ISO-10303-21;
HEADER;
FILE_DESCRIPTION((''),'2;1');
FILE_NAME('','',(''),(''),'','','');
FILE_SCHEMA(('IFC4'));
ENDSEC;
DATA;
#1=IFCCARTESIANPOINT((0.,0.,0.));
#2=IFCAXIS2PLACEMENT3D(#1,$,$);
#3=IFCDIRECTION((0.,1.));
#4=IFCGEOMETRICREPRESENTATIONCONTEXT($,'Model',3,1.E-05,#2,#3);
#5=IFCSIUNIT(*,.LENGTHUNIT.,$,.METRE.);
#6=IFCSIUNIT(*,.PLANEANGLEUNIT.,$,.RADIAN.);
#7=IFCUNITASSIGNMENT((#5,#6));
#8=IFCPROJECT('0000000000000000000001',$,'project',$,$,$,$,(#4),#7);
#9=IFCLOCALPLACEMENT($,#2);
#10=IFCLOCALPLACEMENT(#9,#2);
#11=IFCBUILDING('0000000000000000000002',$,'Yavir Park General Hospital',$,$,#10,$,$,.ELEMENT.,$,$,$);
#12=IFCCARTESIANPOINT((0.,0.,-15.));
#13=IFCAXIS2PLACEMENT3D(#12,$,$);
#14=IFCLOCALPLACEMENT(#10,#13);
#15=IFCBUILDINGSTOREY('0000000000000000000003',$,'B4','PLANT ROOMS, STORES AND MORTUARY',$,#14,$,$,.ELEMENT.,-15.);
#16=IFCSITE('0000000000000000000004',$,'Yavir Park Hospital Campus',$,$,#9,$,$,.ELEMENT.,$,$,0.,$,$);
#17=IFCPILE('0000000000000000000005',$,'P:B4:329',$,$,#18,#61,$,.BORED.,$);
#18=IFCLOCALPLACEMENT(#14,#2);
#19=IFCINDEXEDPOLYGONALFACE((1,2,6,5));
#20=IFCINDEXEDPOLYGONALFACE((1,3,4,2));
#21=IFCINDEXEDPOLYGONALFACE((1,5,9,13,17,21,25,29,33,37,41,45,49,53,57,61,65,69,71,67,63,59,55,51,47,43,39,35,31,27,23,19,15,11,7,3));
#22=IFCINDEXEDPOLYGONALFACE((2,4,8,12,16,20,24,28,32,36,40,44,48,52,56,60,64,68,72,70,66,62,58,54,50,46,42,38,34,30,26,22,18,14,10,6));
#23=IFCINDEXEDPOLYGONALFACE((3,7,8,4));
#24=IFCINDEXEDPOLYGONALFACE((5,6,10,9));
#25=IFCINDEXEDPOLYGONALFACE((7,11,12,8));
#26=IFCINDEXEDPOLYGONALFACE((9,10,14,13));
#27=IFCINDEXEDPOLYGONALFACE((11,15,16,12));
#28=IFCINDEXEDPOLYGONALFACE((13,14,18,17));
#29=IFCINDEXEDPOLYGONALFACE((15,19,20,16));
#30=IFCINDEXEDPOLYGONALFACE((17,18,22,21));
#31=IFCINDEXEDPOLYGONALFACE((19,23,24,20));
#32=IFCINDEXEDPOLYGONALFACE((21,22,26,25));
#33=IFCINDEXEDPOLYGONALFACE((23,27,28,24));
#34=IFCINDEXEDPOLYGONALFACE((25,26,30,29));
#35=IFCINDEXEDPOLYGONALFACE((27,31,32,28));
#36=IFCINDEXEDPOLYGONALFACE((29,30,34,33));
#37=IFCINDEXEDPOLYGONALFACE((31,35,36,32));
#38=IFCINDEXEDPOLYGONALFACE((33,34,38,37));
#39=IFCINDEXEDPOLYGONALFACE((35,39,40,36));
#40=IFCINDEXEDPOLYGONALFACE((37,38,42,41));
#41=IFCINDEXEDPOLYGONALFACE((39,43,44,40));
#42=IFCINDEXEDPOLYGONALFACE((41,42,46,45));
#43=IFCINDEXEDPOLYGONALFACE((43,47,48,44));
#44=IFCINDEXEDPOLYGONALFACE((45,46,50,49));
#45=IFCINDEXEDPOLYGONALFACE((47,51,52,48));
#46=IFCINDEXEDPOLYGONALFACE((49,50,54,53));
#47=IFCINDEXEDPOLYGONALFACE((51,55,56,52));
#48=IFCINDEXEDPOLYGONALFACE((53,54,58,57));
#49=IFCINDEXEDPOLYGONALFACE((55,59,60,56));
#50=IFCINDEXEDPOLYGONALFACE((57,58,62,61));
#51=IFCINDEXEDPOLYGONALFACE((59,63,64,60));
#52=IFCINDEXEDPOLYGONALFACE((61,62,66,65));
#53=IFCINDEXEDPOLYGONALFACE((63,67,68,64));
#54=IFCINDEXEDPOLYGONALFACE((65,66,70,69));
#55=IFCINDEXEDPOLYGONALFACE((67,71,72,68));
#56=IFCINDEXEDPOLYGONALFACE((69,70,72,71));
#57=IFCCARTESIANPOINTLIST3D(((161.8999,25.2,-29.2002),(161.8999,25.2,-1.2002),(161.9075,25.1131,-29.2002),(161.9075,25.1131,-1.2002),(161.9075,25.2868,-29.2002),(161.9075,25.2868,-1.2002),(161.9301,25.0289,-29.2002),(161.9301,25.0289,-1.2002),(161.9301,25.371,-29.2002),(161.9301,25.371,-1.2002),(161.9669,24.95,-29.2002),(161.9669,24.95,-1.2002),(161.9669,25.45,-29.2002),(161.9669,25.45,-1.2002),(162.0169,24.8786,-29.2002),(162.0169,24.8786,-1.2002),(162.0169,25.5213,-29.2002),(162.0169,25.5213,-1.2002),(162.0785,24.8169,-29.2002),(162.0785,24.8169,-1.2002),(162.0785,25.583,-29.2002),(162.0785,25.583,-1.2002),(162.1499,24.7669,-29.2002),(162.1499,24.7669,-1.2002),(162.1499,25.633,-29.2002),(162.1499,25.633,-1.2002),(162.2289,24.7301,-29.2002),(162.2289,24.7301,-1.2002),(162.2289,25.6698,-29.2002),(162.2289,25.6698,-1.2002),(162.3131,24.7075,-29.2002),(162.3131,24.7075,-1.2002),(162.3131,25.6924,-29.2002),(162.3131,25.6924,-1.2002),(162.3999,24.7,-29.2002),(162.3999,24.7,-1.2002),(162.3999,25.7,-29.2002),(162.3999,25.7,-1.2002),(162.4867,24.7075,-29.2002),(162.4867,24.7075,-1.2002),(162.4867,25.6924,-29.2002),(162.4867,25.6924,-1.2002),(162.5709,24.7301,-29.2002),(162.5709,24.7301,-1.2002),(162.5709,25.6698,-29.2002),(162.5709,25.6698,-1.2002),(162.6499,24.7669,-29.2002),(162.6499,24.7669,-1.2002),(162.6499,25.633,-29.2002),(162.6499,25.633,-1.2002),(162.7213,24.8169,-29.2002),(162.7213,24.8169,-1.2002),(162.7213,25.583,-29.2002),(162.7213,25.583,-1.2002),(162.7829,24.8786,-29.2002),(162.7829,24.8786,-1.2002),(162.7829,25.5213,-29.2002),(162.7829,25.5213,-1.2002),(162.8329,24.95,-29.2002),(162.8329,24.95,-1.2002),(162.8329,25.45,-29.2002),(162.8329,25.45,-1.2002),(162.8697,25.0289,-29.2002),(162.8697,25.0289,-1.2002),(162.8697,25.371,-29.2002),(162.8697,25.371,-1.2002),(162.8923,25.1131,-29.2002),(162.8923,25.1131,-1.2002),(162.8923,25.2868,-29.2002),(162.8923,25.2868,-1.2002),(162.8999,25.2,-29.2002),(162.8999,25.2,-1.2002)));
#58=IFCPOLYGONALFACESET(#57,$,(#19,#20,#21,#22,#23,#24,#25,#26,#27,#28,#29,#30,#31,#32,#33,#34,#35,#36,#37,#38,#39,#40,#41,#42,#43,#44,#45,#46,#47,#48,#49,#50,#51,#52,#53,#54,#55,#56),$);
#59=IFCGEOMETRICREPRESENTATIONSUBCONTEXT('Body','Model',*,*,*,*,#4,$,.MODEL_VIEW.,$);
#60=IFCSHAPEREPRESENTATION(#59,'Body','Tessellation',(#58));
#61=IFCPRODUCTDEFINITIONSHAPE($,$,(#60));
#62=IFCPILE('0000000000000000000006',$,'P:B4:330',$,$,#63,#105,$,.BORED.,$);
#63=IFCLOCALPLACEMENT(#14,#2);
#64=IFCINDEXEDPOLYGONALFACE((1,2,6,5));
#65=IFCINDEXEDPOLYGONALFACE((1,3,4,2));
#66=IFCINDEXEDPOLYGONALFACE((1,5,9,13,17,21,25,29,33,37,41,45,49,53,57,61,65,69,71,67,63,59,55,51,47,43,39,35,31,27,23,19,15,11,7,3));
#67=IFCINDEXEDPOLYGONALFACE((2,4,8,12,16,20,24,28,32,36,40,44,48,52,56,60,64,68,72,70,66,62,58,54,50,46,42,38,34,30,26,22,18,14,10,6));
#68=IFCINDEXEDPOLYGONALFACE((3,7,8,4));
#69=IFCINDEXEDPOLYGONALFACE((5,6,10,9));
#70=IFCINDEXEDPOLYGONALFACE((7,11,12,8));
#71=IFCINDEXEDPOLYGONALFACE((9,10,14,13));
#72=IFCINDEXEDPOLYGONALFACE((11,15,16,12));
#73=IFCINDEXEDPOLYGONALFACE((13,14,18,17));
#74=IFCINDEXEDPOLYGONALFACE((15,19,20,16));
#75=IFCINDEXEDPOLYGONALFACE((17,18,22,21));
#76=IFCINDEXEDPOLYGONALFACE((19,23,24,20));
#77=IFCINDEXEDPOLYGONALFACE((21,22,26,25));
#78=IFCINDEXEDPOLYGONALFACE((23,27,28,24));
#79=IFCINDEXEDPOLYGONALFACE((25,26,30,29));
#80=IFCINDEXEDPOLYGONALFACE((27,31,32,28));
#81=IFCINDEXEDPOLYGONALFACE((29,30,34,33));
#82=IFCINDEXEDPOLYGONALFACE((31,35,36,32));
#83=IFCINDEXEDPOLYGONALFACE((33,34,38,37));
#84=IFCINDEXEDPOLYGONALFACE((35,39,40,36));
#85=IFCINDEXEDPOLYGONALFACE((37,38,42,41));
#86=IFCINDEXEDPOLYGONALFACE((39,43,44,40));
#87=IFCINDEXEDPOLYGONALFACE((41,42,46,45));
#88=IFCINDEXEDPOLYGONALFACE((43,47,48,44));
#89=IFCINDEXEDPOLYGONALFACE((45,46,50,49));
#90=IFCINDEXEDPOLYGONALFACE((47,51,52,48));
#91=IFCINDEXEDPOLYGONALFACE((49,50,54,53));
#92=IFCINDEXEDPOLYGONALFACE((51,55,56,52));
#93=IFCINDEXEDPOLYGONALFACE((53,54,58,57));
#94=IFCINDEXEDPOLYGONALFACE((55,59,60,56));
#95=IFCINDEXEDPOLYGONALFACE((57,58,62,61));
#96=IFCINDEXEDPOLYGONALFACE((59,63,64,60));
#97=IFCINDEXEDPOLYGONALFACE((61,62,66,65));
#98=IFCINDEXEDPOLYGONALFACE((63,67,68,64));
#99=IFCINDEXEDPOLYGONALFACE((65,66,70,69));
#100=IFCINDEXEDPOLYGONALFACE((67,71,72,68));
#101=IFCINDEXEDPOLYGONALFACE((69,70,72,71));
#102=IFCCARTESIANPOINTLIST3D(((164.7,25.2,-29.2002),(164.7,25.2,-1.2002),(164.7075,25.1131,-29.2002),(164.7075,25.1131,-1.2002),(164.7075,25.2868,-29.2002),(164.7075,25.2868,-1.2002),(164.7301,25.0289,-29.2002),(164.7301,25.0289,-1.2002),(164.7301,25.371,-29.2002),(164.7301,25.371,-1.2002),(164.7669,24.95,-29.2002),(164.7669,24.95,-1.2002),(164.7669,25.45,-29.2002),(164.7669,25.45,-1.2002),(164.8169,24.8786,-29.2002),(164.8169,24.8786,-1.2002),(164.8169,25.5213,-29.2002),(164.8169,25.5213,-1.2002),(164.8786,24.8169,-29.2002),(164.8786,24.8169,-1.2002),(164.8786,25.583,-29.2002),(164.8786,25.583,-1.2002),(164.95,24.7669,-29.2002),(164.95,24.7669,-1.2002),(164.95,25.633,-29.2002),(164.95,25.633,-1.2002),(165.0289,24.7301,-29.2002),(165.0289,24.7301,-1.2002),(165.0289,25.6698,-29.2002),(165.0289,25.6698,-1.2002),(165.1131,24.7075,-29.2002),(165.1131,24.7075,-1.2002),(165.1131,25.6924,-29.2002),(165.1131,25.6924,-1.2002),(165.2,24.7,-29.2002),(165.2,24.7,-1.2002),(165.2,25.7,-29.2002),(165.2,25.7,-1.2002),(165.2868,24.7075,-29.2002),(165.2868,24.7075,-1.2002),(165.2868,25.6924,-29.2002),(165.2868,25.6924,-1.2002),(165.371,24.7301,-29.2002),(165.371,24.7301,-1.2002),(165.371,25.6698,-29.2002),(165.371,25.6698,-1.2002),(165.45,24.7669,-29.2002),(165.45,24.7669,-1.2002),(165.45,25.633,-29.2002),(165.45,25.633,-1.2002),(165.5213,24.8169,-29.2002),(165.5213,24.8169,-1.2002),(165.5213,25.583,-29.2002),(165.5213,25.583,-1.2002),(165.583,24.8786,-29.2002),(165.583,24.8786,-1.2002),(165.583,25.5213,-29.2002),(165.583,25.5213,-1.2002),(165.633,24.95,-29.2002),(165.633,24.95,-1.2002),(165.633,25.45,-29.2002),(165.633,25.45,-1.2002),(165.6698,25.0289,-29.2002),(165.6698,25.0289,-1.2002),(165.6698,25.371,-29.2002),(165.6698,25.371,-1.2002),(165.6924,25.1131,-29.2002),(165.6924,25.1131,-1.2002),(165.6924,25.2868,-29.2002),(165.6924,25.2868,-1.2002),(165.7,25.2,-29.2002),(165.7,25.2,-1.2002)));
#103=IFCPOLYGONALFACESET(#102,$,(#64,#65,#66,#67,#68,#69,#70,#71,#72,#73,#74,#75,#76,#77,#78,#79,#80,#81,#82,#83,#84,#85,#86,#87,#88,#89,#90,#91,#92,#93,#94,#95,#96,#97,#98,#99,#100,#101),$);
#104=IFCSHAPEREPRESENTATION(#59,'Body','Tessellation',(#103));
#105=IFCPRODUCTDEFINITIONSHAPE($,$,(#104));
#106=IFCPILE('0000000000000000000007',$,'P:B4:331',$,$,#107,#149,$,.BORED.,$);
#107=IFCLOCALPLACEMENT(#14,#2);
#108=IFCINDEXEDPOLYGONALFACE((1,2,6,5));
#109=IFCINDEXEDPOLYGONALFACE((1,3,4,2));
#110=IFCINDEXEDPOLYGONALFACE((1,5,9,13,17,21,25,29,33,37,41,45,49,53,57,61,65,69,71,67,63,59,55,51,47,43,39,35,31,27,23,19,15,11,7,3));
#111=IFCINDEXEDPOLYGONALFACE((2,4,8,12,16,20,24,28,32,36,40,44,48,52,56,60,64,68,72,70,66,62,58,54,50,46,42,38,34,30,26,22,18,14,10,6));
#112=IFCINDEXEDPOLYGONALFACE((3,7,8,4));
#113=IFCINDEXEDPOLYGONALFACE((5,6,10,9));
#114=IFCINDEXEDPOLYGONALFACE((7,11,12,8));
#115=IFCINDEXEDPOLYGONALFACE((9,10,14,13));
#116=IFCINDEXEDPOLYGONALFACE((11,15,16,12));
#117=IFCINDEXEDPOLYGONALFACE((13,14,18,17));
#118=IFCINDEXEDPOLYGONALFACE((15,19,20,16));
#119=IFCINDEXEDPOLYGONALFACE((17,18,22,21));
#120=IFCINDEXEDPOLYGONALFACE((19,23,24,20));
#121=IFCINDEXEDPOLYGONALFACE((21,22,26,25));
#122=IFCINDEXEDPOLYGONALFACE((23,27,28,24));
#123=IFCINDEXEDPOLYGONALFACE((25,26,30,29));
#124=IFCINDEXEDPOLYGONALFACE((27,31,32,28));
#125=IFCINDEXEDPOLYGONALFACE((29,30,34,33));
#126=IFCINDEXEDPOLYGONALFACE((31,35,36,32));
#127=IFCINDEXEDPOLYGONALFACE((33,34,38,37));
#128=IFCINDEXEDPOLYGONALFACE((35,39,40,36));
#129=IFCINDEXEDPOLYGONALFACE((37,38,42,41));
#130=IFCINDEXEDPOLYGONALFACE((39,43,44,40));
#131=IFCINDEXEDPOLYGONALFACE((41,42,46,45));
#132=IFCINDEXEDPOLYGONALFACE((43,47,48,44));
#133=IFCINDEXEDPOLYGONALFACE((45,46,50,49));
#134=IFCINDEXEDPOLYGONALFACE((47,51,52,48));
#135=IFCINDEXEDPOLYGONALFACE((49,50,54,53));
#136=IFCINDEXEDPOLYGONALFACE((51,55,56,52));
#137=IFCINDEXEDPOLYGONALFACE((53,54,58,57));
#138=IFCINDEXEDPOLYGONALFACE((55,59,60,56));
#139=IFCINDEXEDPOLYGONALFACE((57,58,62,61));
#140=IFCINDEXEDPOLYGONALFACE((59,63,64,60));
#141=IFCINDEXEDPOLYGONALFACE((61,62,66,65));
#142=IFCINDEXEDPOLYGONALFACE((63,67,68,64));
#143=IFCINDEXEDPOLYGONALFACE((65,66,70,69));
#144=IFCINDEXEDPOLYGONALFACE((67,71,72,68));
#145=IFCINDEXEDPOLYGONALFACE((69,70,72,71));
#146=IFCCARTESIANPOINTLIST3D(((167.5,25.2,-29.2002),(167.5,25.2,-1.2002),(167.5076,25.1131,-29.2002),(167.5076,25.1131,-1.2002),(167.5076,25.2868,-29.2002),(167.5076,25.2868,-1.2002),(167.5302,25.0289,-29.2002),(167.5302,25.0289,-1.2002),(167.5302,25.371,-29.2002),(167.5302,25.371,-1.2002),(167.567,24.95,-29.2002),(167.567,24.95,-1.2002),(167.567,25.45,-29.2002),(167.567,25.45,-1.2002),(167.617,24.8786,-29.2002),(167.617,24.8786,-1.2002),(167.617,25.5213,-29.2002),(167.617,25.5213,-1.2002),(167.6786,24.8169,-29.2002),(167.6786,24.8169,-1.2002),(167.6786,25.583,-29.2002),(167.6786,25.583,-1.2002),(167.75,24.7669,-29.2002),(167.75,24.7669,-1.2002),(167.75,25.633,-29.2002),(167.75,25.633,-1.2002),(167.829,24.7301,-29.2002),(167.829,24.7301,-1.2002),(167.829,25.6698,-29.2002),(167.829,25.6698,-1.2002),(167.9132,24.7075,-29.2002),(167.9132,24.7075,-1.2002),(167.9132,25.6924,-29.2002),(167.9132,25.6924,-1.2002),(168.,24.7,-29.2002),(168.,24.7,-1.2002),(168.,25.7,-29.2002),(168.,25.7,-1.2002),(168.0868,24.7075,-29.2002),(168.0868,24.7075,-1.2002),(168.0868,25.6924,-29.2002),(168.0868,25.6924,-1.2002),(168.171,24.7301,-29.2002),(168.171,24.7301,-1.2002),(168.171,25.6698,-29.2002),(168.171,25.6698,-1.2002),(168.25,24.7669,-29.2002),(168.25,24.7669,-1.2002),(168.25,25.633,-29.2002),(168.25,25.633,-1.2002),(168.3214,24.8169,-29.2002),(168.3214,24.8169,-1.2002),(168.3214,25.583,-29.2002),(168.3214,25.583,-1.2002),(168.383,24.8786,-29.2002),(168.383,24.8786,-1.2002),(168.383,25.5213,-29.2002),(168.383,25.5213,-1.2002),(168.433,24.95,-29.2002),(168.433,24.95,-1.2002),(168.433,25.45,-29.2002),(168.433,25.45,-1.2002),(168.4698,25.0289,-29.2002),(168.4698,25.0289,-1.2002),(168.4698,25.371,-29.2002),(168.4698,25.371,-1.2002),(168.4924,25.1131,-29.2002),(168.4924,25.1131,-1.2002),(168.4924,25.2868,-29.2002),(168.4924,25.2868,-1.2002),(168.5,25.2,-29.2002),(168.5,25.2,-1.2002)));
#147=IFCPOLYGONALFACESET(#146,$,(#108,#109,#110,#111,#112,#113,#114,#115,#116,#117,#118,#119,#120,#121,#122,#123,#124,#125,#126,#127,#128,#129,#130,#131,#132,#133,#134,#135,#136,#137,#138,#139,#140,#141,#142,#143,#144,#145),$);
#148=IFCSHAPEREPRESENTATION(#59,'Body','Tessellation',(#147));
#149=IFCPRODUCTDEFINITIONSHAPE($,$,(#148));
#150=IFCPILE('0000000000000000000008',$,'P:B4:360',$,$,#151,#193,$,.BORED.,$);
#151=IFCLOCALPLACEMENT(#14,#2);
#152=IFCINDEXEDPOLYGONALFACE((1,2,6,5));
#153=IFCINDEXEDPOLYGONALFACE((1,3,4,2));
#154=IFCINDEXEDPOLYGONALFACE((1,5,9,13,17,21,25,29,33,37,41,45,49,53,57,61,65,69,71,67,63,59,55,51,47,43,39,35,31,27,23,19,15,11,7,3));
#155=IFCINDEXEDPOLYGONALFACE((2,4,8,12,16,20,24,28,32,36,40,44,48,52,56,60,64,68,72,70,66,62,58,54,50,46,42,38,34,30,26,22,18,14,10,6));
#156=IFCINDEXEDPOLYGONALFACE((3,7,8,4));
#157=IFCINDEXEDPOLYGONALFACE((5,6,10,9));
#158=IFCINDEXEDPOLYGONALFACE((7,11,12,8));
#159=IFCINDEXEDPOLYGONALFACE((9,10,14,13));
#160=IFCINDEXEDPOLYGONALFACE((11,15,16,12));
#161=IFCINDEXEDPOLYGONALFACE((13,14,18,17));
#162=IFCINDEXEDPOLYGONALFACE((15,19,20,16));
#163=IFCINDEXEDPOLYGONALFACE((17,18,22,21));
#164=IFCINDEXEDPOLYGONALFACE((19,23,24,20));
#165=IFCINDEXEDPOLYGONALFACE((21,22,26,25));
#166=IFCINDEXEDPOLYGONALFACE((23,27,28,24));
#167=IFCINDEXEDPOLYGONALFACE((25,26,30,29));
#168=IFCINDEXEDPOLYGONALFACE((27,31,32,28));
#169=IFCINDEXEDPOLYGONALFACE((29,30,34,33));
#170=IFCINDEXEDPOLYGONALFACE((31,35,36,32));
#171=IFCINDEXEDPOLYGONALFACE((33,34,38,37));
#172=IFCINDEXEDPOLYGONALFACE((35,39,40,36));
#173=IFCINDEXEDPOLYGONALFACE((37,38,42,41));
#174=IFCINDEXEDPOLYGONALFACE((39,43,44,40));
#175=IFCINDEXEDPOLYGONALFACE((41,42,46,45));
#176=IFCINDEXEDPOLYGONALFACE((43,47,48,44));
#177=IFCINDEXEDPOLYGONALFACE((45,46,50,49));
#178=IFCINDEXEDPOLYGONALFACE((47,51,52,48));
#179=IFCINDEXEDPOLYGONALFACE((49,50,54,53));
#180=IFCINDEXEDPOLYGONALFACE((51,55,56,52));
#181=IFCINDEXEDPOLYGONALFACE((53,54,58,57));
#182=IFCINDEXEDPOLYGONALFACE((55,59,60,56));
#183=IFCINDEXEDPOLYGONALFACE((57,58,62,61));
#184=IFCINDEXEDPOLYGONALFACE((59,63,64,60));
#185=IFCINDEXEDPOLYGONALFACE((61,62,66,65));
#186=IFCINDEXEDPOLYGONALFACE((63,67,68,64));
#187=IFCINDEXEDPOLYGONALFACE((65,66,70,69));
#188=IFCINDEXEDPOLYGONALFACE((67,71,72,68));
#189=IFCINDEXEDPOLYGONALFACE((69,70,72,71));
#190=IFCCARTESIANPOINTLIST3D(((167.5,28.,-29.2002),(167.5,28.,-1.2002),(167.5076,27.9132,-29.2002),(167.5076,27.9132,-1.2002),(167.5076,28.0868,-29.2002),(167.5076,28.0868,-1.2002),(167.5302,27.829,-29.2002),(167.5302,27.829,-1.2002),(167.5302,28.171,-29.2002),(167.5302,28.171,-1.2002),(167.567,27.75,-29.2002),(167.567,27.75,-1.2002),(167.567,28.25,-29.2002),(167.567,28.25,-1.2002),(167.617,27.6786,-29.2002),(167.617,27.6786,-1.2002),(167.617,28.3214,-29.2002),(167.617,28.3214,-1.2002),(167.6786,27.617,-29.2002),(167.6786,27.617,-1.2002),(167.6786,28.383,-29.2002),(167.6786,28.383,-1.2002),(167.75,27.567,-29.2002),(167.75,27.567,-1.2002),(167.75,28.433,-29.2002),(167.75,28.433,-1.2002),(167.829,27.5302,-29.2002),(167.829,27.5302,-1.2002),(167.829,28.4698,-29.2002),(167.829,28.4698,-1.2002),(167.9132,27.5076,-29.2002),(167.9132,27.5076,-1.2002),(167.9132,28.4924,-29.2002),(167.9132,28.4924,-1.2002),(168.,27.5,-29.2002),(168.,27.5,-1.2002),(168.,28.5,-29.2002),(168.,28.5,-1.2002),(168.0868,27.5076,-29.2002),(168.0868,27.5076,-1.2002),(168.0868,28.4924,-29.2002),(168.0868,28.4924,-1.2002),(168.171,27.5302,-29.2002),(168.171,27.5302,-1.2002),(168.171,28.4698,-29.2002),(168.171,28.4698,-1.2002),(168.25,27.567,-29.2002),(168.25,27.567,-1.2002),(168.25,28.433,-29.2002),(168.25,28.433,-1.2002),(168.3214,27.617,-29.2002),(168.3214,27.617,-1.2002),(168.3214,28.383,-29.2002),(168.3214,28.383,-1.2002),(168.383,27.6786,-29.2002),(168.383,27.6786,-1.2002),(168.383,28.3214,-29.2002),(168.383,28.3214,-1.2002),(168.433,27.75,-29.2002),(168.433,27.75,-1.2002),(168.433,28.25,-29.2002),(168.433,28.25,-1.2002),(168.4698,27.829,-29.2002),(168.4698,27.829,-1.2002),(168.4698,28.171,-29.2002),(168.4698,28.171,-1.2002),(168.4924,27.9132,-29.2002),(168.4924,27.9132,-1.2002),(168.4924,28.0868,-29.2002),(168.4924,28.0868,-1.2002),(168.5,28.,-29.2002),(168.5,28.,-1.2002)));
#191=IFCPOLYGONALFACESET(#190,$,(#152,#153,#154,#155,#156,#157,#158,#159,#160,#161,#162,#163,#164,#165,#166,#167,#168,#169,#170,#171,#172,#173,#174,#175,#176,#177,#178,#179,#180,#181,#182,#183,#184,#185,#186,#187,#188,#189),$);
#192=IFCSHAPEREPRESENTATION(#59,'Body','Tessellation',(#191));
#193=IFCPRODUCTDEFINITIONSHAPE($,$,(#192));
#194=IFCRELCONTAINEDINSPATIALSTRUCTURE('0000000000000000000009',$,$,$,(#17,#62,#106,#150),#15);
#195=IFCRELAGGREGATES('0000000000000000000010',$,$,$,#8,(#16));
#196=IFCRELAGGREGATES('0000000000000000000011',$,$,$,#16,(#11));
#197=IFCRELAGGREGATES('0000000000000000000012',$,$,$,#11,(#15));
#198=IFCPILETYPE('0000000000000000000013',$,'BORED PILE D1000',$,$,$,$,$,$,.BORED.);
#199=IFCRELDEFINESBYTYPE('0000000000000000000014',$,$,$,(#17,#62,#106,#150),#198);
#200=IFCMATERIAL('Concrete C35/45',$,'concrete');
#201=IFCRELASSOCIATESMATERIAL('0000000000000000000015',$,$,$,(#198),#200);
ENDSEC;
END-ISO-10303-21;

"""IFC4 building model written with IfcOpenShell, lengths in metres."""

from ifc_helpers import new_model, si_unit, direction, frame, origin, origin_2d, place, context, subcontext, project, spatial, circle, extrude, material, material_profile, profile_set, type_object, element, save


model = new_model("IFC4")

# Units and contexts
model_context = context("Model", 3, precision=1e-05, world=origin(), true_north=direction((0.0, 1.0)))
body_context = subcontext(model_context, "Body", "Model", "MODEL_VIEW")
ifc_project = project(units=[si_unit("LENGTHUNIT", "METRE"), si_unit("PLANEANGLEUNIT", "RADIAN")], contexts=[model_context])

# Site, building, storey
site_placement = place(None, origin())
site = spatial("IfcSite", under=ifc_project, at=site_placement, Name="Yavir Park Hospital Campus", CompositionType="ELEMENT", RefElevation=0.0)
building_placement = place(site_placement, origin())
building = spatial("IfcBuilding", under=site, at=building_placement, Name="Yavir Park General Hospital", CompositionType="ELEMENT")
storey_placement = place(building_placement, frame((0.0, 0.0, -15.0)))
storey = spatial("IfcBuildingStorey", under=building, at=storey_placement, Name="B4", Description="PLANT ROOMS, STORES AND MORTUARY", CompositionType="ELEMENT", Elevation=-15.0)

# Piles
ifc_material_1 = material(Name="Concrete C35/45", Category="concrete")
ifc_material_profile_1 = material_profile(ifc_material_1, circle(Radius=0.5, at=origin_2d()), Name="D1000")
ifc_profile_set_1 = profile_set([ifc_material_profile_1], Name="Concrete C35/45")
pile_type_1 = type_object("IfcPileType", Name="BORED PILE D1000", PredefinedType="BORED", material=ifc_profile_set_1)
for number, where, z_axis, x_axis, name in (
    (1, (162.3999, 25.2, -1.2002), (0.0, 0.0, -1.0), (1.0, 0.0, 0.0), "P:B4:329"),
    (2, (165.2, 25.2, -1.2002), (0.0, 0.0, -1.0), (1.0, 0.0, 0.0), "P:B4:330"),
    (3, (168.0, 25.2, -1.2002), (0.0, 0.0, -1.0), (1.0, 0.0, 0.0), "P:B4:331"),
    (4, (168.0, 28.0, -1.2002), (0.0, 0.0, -1.0), (1.0, 0.0, 0.0), "P:B4:360"),
):
    element("IfcPile", number, at=place(storey_placement, frame(where, z_axis=z_axis, x_axis=x_axis)), inside=storey, type_object=pile_type_1, Name=name, PredefinedType="BORED", context=body_context, shape_type="SweptSolid", body=[
        extrude(circle(Radius=0.5, at=origin_2d()), origin(), (0.0, 0.0, 1.0), 28.0),
    ])

save(model, "model.ifc")
